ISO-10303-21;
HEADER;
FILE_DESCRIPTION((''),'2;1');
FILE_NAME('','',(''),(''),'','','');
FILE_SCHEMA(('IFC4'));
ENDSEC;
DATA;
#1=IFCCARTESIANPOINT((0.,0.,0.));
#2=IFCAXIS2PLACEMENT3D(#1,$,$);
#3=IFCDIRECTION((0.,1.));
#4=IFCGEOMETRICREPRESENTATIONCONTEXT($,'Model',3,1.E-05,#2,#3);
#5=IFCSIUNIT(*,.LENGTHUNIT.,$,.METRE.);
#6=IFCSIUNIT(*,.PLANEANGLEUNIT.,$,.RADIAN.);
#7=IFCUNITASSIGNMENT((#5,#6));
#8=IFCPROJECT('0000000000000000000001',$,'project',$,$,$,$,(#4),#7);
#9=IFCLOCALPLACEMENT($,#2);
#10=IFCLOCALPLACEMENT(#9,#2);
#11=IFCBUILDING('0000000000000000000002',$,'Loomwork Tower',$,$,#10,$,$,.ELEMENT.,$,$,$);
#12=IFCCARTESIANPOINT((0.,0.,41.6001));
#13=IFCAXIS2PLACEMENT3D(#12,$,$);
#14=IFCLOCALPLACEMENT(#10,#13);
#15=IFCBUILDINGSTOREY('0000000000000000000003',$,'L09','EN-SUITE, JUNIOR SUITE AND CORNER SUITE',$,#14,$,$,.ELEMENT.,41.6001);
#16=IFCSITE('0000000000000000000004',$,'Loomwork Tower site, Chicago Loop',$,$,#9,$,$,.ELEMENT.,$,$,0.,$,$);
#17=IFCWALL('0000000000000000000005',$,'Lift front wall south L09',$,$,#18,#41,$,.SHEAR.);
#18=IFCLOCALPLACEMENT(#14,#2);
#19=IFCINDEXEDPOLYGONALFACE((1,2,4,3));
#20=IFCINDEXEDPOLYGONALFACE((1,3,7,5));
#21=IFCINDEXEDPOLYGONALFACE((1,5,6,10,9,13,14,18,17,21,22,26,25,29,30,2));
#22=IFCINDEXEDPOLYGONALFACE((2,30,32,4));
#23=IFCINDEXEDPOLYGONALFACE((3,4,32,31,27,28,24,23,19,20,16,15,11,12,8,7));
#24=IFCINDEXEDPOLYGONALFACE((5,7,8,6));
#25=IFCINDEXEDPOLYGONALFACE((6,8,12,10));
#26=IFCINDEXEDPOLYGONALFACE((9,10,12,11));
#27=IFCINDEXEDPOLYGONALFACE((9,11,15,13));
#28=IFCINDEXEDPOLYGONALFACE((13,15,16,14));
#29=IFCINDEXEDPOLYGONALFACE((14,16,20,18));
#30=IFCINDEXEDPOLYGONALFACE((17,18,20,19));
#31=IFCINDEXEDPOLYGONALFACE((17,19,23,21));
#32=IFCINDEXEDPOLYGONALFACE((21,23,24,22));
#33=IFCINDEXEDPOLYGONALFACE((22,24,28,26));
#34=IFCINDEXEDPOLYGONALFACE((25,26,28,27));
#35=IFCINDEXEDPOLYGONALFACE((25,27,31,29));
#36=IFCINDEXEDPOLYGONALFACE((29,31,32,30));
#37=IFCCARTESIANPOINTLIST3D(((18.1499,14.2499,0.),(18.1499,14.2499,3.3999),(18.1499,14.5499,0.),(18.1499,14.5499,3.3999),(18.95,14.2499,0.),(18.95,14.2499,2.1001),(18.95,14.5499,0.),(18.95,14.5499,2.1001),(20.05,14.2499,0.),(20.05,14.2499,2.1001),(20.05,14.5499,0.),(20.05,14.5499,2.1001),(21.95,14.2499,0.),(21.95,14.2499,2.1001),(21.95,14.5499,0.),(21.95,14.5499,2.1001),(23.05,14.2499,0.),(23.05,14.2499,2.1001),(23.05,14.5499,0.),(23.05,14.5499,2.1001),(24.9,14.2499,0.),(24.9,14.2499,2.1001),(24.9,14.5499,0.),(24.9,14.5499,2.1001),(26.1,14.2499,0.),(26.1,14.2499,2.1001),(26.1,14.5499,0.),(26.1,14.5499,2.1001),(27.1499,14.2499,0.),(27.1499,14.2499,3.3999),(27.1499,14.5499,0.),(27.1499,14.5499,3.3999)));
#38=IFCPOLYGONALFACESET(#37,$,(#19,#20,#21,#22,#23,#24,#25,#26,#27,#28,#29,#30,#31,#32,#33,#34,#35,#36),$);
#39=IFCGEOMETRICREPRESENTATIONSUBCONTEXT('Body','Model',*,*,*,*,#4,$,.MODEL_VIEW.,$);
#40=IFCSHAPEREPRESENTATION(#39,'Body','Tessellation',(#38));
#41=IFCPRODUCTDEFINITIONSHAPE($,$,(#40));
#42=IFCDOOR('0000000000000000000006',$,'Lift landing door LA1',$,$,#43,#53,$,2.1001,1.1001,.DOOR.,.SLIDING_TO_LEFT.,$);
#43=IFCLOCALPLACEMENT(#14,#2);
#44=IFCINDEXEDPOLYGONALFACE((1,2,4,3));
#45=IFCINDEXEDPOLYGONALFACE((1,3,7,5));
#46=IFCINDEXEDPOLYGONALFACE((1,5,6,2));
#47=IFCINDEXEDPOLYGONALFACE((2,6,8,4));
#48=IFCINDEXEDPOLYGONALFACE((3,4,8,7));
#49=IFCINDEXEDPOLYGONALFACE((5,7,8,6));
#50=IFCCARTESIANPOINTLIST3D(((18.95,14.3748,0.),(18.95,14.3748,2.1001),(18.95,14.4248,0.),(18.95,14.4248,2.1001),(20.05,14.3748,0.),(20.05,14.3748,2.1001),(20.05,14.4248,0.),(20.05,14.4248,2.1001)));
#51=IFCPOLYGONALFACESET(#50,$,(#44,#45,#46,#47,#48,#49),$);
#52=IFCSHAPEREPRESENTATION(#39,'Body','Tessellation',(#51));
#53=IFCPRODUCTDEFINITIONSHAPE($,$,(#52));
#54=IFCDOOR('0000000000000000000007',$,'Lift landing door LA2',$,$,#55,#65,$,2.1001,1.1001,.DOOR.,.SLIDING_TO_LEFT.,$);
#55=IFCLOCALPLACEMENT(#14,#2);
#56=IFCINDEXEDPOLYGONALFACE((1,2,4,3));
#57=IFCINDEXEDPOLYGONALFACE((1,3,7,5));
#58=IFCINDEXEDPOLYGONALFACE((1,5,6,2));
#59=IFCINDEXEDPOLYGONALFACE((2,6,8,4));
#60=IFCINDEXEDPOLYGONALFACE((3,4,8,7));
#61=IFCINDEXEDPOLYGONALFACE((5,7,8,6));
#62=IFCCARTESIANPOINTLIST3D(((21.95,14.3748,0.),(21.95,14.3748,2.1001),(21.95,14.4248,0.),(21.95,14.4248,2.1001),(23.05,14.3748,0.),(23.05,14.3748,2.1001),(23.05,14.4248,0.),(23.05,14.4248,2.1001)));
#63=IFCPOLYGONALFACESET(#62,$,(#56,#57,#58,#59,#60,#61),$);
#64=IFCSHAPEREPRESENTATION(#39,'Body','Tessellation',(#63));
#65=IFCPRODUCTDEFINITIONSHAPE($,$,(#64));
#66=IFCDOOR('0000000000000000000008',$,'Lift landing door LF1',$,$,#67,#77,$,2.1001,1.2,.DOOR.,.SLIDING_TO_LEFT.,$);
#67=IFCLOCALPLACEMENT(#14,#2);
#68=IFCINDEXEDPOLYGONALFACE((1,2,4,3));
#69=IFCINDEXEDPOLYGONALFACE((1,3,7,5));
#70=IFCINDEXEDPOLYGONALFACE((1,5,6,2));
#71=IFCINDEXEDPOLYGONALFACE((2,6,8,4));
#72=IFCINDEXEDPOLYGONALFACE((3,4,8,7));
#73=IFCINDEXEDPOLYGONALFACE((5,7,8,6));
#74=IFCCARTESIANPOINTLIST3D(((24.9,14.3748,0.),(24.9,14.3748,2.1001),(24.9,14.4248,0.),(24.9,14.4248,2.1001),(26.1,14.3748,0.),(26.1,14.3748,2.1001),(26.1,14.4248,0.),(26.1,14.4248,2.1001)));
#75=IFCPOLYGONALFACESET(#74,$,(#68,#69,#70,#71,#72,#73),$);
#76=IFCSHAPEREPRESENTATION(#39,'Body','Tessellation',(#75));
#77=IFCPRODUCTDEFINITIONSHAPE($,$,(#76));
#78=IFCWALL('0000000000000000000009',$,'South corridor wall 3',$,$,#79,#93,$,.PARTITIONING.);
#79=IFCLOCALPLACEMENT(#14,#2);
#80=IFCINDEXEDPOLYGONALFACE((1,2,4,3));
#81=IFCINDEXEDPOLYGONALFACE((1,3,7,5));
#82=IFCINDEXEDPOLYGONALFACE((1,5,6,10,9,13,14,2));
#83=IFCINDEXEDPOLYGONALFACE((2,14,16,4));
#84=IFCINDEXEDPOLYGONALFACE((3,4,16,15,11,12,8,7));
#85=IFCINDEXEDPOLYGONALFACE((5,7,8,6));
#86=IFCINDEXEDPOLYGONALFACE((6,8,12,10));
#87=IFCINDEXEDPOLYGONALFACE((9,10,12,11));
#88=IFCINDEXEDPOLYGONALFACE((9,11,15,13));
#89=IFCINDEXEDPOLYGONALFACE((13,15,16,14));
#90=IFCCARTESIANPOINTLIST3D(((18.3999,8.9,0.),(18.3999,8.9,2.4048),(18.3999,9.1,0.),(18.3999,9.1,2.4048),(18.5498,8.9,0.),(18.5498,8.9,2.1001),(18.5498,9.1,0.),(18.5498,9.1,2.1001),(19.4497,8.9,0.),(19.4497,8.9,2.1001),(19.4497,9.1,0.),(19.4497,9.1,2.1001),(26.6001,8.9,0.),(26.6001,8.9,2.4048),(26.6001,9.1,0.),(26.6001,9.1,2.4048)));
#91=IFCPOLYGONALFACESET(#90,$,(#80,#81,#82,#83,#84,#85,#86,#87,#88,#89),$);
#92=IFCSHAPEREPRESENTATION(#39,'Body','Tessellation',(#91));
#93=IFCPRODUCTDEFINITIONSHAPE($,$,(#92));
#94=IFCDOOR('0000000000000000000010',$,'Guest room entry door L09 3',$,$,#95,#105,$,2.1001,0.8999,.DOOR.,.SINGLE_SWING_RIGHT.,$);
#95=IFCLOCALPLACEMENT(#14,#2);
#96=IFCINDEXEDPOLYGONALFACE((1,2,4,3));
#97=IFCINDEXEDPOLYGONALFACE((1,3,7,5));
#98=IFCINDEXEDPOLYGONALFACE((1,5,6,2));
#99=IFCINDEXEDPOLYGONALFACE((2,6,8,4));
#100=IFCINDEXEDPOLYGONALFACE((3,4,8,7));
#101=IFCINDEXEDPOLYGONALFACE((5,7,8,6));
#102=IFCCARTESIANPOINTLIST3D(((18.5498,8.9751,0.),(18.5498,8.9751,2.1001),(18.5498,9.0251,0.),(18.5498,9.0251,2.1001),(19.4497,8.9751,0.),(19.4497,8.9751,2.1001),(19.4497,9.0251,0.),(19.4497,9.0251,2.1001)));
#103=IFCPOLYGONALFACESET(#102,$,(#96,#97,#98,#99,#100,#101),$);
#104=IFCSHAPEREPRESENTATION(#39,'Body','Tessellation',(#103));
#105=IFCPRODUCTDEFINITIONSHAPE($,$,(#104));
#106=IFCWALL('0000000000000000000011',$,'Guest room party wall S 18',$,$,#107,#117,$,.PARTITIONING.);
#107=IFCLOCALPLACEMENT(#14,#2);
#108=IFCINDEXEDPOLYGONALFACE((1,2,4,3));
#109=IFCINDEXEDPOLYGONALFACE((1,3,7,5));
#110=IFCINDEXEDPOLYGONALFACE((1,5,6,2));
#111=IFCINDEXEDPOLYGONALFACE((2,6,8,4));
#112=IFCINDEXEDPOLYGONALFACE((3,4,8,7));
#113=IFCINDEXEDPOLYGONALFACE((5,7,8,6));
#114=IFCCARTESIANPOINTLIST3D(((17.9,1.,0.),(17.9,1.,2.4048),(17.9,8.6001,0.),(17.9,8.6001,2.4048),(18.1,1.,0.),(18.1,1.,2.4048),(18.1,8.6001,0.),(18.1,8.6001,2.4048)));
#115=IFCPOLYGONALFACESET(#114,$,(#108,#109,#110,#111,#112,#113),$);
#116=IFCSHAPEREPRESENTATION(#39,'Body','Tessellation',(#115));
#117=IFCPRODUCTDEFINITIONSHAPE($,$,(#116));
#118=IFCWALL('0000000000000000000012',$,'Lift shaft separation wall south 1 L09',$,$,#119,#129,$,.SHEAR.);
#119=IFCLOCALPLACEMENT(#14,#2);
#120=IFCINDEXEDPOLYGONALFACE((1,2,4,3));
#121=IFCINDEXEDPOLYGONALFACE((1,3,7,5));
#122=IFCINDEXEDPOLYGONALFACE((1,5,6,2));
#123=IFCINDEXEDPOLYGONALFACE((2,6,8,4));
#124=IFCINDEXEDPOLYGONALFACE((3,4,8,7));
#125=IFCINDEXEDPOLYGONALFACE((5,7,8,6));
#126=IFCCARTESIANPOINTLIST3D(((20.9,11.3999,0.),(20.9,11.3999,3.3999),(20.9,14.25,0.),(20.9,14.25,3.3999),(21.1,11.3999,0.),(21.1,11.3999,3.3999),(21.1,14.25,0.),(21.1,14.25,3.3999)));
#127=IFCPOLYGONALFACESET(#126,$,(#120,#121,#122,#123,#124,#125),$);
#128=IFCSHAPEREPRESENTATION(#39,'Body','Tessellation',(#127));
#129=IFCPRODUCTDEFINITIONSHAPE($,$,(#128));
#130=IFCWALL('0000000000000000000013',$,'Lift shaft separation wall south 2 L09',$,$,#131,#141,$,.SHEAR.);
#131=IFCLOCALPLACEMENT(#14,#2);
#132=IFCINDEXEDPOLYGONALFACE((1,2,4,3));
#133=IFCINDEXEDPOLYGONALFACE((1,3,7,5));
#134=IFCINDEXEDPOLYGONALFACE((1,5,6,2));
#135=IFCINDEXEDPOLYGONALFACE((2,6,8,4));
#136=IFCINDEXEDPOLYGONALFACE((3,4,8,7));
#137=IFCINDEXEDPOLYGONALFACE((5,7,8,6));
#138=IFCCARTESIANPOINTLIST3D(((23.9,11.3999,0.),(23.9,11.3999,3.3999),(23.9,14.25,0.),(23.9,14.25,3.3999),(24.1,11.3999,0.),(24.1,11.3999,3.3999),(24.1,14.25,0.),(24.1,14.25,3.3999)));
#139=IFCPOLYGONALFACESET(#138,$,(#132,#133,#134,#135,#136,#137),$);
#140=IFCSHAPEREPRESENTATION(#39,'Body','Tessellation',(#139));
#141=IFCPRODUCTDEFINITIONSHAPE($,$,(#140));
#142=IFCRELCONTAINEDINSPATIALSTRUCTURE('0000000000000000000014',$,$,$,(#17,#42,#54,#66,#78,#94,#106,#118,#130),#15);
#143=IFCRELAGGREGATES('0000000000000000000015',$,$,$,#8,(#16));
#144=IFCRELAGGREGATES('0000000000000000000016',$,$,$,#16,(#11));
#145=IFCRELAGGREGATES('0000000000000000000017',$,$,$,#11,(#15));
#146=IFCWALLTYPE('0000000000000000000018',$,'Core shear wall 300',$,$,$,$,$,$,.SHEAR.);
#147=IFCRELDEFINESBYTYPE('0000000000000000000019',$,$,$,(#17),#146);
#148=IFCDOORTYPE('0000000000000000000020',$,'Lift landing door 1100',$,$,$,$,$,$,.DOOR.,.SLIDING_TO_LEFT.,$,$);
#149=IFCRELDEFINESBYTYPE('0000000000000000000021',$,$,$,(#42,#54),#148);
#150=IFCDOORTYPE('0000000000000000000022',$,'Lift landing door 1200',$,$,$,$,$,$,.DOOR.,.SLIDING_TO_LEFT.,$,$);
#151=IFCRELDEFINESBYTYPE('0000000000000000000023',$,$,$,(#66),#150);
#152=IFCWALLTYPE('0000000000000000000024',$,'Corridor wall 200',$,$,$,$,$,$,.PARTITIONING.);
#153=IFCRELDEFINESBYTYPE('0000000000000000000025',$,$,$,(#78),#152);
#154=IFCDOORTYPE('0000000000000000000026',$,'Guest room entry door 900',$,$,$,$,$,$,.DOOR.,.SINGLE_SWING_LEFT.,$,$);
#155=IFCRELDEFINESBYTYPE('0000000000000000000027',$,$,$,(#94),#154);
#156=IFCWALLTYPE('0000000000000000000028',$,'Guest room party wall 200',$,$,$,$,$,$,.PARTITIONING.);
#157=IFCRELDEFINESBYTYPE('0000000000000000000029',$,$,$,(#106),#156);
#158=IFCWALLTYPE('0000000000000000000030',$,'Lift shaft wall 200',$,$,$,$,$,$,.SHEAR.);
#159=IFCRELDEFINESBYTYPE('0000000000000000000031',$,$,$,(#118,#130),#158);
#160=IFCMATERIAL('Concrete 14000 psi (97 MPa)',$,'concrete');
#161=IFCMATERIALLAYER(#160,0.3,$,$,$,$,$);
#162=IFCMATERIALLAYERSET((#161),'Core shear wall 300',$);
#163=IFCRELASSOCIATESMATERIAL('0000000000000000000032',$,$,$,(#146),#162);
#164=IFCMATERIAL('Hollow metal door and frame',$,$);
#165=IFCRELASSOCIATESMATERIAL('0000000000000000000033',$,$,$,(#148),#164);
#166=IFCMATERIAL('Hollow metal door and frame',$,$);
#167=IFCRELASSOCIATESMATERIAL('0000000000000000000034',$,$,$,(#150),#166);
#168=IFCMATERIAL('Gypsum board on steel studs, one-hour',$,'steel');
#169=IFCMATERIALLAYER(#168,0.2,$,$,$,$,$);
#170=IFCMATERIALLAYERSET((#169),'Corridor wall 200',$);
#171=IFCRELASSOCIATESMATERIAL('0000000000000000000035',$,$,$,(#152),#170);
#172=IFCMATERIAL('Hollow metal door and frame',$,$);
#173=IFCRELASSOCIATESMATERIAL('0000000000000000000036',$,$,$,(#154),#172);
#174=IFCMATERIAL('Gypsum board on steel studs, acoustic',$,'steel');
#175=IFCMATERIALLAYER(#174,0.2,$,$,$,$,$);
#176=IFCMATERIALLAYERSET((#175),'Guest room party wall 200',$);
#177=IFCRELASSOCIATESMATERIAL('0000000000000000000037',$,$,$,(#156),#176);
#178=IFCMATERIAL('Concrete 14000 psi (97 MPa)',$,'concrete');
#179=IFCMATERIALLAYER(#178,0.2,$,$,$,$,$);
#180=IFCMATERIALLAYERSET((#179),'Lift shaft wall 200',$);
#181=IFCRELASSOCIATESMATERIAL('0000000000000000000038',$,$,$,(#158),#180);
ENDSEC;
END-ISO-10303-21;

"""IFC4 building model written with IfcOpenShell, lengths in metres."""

from ifc_helpers import new_model, si_unit, direction, frame, frame_2d, origin, place, context, subcontext, project, spatial, rectangle, extrude, material, layer, layer_set, type_object, element, fill, save


model = new_model("IFC4")

# Units and contexts
model_context = context("Model", 3, precision=1e-05, world=origin(), true_north=direction((0.0, 1.0)))
body_context = subcontext(model_context, "Body", "Model", "MODEL_VIEW")
ifc_project = project(units=[si_unit("LENGTHUNIT", "METRE"), si_unit("PLANEANGLEUNIT", "RADIAN")], contexts=[model_context])

# Site, building, storey
site_placement = place(None, origin())
site = spatial("IfcSite", under=ifc_project, at=site_placement, Name="Loomwork Tower site, Chicago Loop", CompositionType="ELEMENT", RefElevation=0.0)
building_placement = place(site_placement, origin())
building = spatial("IfcBuilding", under=site, at=building_placement, Name="Loomwork Tower", CompositionType="ELEMENT")
storey_placement = place(building_placement, frame((0.0, 0.0, 41.6001)))
storey = spatial("IfcBuildingStorey", under=building, at=storey_placement, Name="L09", Description="EN-SUITE, JUNIOR SUITE AND CORNER SUITE", CompositionType="ELEMENT", Elevation=41.6001)

# Wall, openings, doors
ifc_material_1 = material(Name="Concrete 14000 psi (97 MPa)", Category="concrete")
ifc_layer_1 = layer(ifc_material_1, 0.3)
ifc_layer_set_1 = layer_set([ifc_layer_1], Name="Core shear wall 300")
wall_type_1 = type_object("IfcWallType", Name="Core shear wall 300", PredefinedType="SHEAR", material=ifc_layer_set_1)
wall_1_placement = place(storey_placement, frame((18.1499, 14.3999, 0.0), z_axis=(0.0, 0.0, 1.0), x_axis=(1.0, 0.0, 0.0)))
wall_1 = element("IfcWall", 1, at=wall_1_placement, inside=storey, type_object=wall_type_1, Name="Lift front wall south L09", PredefinedType="SHEAR", context=body_context, shape_type="SweptSolid", body=[
    extrude(rectangle(XDim=9.0, YDim=0.3, at=frame_2d((4.5, 0.0))), origin(), (0.0, 0.0, 1.0), 3.3999),
])
opening_1_placement = place(wall_1_placement, frame((0.8, 0.0, 0.0)))
opening_1 = element("IfcOpeningElement", 2, at=opening_1_placement, cuts=wall_1, PredefinedType="OPENING", context=body_context, shape_type="SweptSolid", body=[
    extrude(rectangle(XDim=1.1001, YDim=2.1001, at=frame_2d((0.55, 1.05))), frame((0.0, 0.1599, 0.0), z_axis=(0.0, -1.0, 0.0), x_axis=(1.0, 0.0, 0.0)), (0.0, 0.0, 1.0), 0.3201),
])
opening_2_placement = place(wall_1_placement, frame((3.8, 0.0, 0.0)))
opening_2 = element("IfcOpeningElement", 3, at=opening_2_placement, cuts=wall_1, PredefinedType="OPENING", context=body_context, shape_type="SweptSolid", body=[
    extrude(rectangle(XDim=1.1001, YDim=2.1001, at=frame_2d((0.55, 1.05))), frame((0.0, 0.1599, 0.0), z_axis=(0.0, -1.0, 0.0), x_axis=(1.0, 0.0, 0.0)), (0.0, 0.0, 1.0), 0.3201),
])
opening_3_placement = place(wall_1_placement, frame((6.75, 0.0, 0.0)))
opening_3 = element("IfcOpeningElement", 4, at=opening_3_placement, cuts=wall_1, PredefinedType="OPENING", context=body_context, shape_type="SweptSolid", body=[
    extrude(rectangle(XDim=1.2, YDim=2.1001, at=frame_2d((0.6001, 1.05))), frame((0.0, 0.1599, 0.0), z_axis=(0.0, -1.0, 0.0), x_axis=(1.0, 0.0, 0.0)), (0.0, 0.0, 1.0), 0.3201),
])
ifc_material_2 = material(Name="Hollow metal door and frame")
door_type_1 = type_object("IfcDoorType", Name="Lift landing door 1100", OperationType="SLIDING_TO_LEFT", PredefinedType="DOOR", material=ifc_material_2)
door_1_placement = place(opening_1_placement, origin())
door_1 = element("IfcDoor", 5, at=door_1_placement, inside=storey, type_object=door_type_1, Name="Lift landing door LA1", OperationType="SLIDING_TO_LEFT", OverallHeight=2.1001, OverallWidth=1.1001, PredefinedType="DOOR", context=body_context, shape_type="SweptSolid", body=[
    extrude(rectangle(XDim=1.1001, YDim=2.1001, at=frame_2d((0.55, 1.05))), frame((0.0, 0.0249, 0.0), z_axis=(0.0, -1.0, 0.0), x_axis=(1.0, 0.0, 0.0)), (0.0, 0.0, 1.0), 0.05),
])
fill(opening_1, door_1)
door_2_placement = place(opening_2_placement, origin())
door_2 = element("IfcDoor", 6, at=door_2_placement, inside=storey, type_object=door_type_1, Name="Lift landing door LA2", OperationType="SLIDING_TO_LEFT", OverallHeight=2.1001, OverallWidth=1.1001, PredefinedType="DOOR", context=body_context, shape_type="SweptSolid", body=[
    extrude(rectangle(XDim=1.1001, YDim=2.1001, at=frame_2d((0.55, 1.05))), frame((0.0, 0.0249, 0.0), z_axis=(0.0, -1.0, 0.0), x_axis=(1.0, 0.0, 0.0)), (0.0, 0.0, 1.0), 0.05),
])
fill(opening_2, door_2)
ifc_material_3 = material(Name="Hollow metal door and frame")
door_type_2 = type_object("IfcDoorType", Name="Lift landing door 1200", OperationType="SLIDING_TO_LEFT", PredefinedType="DOOR", material=ifc_material_3)
door_3_placement = place(opening_3_placement, origin())
door_3 = element("IfcDoor", 7, at=door_3_placement, inside=storey, type_object=door_type_2, Name="Lift landing door LF1", OperationType="SLIDING_TO_LEFT", OverallHeight=2.1001, OverallWidth=1.2, PredefinedType="DOOR", context=body_context, shape_type="SweptSolid", body=[
    extrude(rectangle(XDim=1.2, YDim=2.1001, at=frame_2d((0.6001, 1.05))), frame((0.0, 0.0249, 0.0), z_axis=(0.0, -1.0, 0.0), x_axis=(1.0, 0.0, 0.0)), (0.0, 0.0, 1.0), 0.05),
])
fill(opening_3, door_3)

# Wall, opening, door
ifc_material_4 = material(Name="Gypsum board on steel studs, one-hour", Category="steel")
ifc_layer_2 = layer(ifc_material_4, 0.2)
ifc_layer_set_2 = layer_set([ifc_layer_2], Name="Corridor wall 200")
wall_type_2 = type_object("IfcWallType", Name="Corridor wall 200", PredefinedType="PARTITIONING", material=ifc_layer_set_2)
wall_2_placement = place(storey_placement, frame((18.3999, 9.0, 0.0), z_axis=(0.0, 0.0, 1.0), x_axis=(1.0, 0.0, 0.0)))
wall_2 = element("IfcWall", 8, at=wall_2_placement, inside=storey, type_object=wall_type_2, Name="South corridor wall 3", PredefinedType="PARTITIONING", context=body_context, shape_type="SweptSolid", body=[
    extrude(rectangle(XDim=8.2002, YDim=0.2, at=frame_2d((4.1001, 0.0))), origin(), (0.0, 0.0, 1.0), 2.4048),
])
opening_4_placement = place(wall_2_placement, frame((0.1499, 0.0, 0.0)))
opening_4 = element("IfcOpeningElement", 9, at=opening_4_placement, cuts=wall_2, PredefinedType="OPENING", context=body_context, shape_type="SweptSolid", body=[
    extrude(rectangle(XDim=0.8999, YDim=2.1001, at=frame_2d((0.45, 1.05))), frame((0.0, 0.1099, 0.0), z_axis=(0.0, -1.0, 0.0), x_axis=(1.0, 0.0, 0.0)), (0.0, 0.0, 1.0), 0.22),
])
ifc_material_5 = material(Name="Hollow metal door and frame")
door_type_3 = type_object("IfcDoorType", Name="Guest room entry door 900", OperationType="SINGLE_SWING_LEFT", PredefinedType="DOOR", material=ifc_material_5)
door_4_placement = place(opening_4_placement, frame((0.8999, 0.0, 0.0), z_axis=(0.0, 0.0, 1.0), x_axis=(-1.0, 0.0, 0.0)))
door_4 = element("IfcDoor", 10, at=door_4_placement, inside=storey, type_object=door_type_3, Name="Guest room entry door L09 3", OperationType="SINGLE_SWING_RIGHT", OverallHeight=2.1001, OverallWidth=0.8999, PredefinedType="DOOR", context=body_context, shape_type="SweptSolid", body=[
    extrude(rectangle(XDim=0.8999, YDim=2.1001, at=frame_2d((0.45, 1.05))), frame((0.0, 0.0249, 0.0), z_axis=(0.0, -1.0, 0.0), x_axis=(1.0, 0.0, 0.0)), (0.0, 0.0, 1.0), 0.05),
])
fill(opening_4, door_4)

# Walls
ifc_material_6 = material(Name="Gypsum board on steel studs, acoustic", Category="steel")
ifc_layer_3 = layer(ifc_material_6, 0.2)
ifc_layer_set_3 = layer_set([ifc_layer_3], Name="Guest room party wall 200")
wall_type_3 = type_object("IfcWallType", Name="Guest room party wall 200", PredefinedType="PARTITIONING", material=ifc_layer_set_3)
wall_3_placement = place(storey_placement, frame((18.0, 8.6001, 0.0), z_axis=(0.0, 0.0, 1.0), x_axis=(0.0, -1.0, 0.0)))
element("IfcWall", 11, at=wall_3_placement, inside=storey, type_object=wall_type_3, Name="Guest room party wall S 18", PredefinedType="PARTITIONING", context=body_context, shape_type="SweptSolid", body=[
    extrude(rectangle(XDim=7.6001, YDim=0.2, at=frame_2d((3.8, 0.0))), origin(), (0.0, 0.0, 1.0), 2.4048),
])
ifc_material_7 = material(Name="Concrete 14000 psi (97 MPa)", Category="concrete")
ifc_layer_4 = layer(ifc_material_7, 0.2)
ifc_layer_set_4 = layer_set([ifc_layer_4], Name="Lift shaft wall 200")
wall_type_4 = type_object("IfcWallType", Name="Lift shaft wall 200", PredefinedType="SHEAR", material=ifc_layer_set_4)
for number, where, z_axis, x_axis, name in (
    (12, (21.0, 11.3999, 0.0), (0.0, 0.0, 1.0), (0.0, 1.0, 0.0), "Lift shaft separation wall south 1 L09"),
    (13, (24.0, 11.3999, 0.0), (0.0, 0.0, 1.0), (0.0, 1.0, 0.0), "Lift shaft separation wall south 2 L09"),
):
    element("IfcWall", number, at=place(storey_placement, frame(where, z_axis=z_axis, x_axis=x_axis)), inside=storey, type_object=wall_type_4, Name=name, PredefinedType="SHEAR", context=body_context, shape_type="SweptSolid", body=[
        extrude(rectangle(XDim=2.8501, YDim=0.2, at=frame_2d((1.425, 0.0))), origin(), (0.0, 0.0, 1.0), 3.3999),
    ])

save(model, "model.ifc")
